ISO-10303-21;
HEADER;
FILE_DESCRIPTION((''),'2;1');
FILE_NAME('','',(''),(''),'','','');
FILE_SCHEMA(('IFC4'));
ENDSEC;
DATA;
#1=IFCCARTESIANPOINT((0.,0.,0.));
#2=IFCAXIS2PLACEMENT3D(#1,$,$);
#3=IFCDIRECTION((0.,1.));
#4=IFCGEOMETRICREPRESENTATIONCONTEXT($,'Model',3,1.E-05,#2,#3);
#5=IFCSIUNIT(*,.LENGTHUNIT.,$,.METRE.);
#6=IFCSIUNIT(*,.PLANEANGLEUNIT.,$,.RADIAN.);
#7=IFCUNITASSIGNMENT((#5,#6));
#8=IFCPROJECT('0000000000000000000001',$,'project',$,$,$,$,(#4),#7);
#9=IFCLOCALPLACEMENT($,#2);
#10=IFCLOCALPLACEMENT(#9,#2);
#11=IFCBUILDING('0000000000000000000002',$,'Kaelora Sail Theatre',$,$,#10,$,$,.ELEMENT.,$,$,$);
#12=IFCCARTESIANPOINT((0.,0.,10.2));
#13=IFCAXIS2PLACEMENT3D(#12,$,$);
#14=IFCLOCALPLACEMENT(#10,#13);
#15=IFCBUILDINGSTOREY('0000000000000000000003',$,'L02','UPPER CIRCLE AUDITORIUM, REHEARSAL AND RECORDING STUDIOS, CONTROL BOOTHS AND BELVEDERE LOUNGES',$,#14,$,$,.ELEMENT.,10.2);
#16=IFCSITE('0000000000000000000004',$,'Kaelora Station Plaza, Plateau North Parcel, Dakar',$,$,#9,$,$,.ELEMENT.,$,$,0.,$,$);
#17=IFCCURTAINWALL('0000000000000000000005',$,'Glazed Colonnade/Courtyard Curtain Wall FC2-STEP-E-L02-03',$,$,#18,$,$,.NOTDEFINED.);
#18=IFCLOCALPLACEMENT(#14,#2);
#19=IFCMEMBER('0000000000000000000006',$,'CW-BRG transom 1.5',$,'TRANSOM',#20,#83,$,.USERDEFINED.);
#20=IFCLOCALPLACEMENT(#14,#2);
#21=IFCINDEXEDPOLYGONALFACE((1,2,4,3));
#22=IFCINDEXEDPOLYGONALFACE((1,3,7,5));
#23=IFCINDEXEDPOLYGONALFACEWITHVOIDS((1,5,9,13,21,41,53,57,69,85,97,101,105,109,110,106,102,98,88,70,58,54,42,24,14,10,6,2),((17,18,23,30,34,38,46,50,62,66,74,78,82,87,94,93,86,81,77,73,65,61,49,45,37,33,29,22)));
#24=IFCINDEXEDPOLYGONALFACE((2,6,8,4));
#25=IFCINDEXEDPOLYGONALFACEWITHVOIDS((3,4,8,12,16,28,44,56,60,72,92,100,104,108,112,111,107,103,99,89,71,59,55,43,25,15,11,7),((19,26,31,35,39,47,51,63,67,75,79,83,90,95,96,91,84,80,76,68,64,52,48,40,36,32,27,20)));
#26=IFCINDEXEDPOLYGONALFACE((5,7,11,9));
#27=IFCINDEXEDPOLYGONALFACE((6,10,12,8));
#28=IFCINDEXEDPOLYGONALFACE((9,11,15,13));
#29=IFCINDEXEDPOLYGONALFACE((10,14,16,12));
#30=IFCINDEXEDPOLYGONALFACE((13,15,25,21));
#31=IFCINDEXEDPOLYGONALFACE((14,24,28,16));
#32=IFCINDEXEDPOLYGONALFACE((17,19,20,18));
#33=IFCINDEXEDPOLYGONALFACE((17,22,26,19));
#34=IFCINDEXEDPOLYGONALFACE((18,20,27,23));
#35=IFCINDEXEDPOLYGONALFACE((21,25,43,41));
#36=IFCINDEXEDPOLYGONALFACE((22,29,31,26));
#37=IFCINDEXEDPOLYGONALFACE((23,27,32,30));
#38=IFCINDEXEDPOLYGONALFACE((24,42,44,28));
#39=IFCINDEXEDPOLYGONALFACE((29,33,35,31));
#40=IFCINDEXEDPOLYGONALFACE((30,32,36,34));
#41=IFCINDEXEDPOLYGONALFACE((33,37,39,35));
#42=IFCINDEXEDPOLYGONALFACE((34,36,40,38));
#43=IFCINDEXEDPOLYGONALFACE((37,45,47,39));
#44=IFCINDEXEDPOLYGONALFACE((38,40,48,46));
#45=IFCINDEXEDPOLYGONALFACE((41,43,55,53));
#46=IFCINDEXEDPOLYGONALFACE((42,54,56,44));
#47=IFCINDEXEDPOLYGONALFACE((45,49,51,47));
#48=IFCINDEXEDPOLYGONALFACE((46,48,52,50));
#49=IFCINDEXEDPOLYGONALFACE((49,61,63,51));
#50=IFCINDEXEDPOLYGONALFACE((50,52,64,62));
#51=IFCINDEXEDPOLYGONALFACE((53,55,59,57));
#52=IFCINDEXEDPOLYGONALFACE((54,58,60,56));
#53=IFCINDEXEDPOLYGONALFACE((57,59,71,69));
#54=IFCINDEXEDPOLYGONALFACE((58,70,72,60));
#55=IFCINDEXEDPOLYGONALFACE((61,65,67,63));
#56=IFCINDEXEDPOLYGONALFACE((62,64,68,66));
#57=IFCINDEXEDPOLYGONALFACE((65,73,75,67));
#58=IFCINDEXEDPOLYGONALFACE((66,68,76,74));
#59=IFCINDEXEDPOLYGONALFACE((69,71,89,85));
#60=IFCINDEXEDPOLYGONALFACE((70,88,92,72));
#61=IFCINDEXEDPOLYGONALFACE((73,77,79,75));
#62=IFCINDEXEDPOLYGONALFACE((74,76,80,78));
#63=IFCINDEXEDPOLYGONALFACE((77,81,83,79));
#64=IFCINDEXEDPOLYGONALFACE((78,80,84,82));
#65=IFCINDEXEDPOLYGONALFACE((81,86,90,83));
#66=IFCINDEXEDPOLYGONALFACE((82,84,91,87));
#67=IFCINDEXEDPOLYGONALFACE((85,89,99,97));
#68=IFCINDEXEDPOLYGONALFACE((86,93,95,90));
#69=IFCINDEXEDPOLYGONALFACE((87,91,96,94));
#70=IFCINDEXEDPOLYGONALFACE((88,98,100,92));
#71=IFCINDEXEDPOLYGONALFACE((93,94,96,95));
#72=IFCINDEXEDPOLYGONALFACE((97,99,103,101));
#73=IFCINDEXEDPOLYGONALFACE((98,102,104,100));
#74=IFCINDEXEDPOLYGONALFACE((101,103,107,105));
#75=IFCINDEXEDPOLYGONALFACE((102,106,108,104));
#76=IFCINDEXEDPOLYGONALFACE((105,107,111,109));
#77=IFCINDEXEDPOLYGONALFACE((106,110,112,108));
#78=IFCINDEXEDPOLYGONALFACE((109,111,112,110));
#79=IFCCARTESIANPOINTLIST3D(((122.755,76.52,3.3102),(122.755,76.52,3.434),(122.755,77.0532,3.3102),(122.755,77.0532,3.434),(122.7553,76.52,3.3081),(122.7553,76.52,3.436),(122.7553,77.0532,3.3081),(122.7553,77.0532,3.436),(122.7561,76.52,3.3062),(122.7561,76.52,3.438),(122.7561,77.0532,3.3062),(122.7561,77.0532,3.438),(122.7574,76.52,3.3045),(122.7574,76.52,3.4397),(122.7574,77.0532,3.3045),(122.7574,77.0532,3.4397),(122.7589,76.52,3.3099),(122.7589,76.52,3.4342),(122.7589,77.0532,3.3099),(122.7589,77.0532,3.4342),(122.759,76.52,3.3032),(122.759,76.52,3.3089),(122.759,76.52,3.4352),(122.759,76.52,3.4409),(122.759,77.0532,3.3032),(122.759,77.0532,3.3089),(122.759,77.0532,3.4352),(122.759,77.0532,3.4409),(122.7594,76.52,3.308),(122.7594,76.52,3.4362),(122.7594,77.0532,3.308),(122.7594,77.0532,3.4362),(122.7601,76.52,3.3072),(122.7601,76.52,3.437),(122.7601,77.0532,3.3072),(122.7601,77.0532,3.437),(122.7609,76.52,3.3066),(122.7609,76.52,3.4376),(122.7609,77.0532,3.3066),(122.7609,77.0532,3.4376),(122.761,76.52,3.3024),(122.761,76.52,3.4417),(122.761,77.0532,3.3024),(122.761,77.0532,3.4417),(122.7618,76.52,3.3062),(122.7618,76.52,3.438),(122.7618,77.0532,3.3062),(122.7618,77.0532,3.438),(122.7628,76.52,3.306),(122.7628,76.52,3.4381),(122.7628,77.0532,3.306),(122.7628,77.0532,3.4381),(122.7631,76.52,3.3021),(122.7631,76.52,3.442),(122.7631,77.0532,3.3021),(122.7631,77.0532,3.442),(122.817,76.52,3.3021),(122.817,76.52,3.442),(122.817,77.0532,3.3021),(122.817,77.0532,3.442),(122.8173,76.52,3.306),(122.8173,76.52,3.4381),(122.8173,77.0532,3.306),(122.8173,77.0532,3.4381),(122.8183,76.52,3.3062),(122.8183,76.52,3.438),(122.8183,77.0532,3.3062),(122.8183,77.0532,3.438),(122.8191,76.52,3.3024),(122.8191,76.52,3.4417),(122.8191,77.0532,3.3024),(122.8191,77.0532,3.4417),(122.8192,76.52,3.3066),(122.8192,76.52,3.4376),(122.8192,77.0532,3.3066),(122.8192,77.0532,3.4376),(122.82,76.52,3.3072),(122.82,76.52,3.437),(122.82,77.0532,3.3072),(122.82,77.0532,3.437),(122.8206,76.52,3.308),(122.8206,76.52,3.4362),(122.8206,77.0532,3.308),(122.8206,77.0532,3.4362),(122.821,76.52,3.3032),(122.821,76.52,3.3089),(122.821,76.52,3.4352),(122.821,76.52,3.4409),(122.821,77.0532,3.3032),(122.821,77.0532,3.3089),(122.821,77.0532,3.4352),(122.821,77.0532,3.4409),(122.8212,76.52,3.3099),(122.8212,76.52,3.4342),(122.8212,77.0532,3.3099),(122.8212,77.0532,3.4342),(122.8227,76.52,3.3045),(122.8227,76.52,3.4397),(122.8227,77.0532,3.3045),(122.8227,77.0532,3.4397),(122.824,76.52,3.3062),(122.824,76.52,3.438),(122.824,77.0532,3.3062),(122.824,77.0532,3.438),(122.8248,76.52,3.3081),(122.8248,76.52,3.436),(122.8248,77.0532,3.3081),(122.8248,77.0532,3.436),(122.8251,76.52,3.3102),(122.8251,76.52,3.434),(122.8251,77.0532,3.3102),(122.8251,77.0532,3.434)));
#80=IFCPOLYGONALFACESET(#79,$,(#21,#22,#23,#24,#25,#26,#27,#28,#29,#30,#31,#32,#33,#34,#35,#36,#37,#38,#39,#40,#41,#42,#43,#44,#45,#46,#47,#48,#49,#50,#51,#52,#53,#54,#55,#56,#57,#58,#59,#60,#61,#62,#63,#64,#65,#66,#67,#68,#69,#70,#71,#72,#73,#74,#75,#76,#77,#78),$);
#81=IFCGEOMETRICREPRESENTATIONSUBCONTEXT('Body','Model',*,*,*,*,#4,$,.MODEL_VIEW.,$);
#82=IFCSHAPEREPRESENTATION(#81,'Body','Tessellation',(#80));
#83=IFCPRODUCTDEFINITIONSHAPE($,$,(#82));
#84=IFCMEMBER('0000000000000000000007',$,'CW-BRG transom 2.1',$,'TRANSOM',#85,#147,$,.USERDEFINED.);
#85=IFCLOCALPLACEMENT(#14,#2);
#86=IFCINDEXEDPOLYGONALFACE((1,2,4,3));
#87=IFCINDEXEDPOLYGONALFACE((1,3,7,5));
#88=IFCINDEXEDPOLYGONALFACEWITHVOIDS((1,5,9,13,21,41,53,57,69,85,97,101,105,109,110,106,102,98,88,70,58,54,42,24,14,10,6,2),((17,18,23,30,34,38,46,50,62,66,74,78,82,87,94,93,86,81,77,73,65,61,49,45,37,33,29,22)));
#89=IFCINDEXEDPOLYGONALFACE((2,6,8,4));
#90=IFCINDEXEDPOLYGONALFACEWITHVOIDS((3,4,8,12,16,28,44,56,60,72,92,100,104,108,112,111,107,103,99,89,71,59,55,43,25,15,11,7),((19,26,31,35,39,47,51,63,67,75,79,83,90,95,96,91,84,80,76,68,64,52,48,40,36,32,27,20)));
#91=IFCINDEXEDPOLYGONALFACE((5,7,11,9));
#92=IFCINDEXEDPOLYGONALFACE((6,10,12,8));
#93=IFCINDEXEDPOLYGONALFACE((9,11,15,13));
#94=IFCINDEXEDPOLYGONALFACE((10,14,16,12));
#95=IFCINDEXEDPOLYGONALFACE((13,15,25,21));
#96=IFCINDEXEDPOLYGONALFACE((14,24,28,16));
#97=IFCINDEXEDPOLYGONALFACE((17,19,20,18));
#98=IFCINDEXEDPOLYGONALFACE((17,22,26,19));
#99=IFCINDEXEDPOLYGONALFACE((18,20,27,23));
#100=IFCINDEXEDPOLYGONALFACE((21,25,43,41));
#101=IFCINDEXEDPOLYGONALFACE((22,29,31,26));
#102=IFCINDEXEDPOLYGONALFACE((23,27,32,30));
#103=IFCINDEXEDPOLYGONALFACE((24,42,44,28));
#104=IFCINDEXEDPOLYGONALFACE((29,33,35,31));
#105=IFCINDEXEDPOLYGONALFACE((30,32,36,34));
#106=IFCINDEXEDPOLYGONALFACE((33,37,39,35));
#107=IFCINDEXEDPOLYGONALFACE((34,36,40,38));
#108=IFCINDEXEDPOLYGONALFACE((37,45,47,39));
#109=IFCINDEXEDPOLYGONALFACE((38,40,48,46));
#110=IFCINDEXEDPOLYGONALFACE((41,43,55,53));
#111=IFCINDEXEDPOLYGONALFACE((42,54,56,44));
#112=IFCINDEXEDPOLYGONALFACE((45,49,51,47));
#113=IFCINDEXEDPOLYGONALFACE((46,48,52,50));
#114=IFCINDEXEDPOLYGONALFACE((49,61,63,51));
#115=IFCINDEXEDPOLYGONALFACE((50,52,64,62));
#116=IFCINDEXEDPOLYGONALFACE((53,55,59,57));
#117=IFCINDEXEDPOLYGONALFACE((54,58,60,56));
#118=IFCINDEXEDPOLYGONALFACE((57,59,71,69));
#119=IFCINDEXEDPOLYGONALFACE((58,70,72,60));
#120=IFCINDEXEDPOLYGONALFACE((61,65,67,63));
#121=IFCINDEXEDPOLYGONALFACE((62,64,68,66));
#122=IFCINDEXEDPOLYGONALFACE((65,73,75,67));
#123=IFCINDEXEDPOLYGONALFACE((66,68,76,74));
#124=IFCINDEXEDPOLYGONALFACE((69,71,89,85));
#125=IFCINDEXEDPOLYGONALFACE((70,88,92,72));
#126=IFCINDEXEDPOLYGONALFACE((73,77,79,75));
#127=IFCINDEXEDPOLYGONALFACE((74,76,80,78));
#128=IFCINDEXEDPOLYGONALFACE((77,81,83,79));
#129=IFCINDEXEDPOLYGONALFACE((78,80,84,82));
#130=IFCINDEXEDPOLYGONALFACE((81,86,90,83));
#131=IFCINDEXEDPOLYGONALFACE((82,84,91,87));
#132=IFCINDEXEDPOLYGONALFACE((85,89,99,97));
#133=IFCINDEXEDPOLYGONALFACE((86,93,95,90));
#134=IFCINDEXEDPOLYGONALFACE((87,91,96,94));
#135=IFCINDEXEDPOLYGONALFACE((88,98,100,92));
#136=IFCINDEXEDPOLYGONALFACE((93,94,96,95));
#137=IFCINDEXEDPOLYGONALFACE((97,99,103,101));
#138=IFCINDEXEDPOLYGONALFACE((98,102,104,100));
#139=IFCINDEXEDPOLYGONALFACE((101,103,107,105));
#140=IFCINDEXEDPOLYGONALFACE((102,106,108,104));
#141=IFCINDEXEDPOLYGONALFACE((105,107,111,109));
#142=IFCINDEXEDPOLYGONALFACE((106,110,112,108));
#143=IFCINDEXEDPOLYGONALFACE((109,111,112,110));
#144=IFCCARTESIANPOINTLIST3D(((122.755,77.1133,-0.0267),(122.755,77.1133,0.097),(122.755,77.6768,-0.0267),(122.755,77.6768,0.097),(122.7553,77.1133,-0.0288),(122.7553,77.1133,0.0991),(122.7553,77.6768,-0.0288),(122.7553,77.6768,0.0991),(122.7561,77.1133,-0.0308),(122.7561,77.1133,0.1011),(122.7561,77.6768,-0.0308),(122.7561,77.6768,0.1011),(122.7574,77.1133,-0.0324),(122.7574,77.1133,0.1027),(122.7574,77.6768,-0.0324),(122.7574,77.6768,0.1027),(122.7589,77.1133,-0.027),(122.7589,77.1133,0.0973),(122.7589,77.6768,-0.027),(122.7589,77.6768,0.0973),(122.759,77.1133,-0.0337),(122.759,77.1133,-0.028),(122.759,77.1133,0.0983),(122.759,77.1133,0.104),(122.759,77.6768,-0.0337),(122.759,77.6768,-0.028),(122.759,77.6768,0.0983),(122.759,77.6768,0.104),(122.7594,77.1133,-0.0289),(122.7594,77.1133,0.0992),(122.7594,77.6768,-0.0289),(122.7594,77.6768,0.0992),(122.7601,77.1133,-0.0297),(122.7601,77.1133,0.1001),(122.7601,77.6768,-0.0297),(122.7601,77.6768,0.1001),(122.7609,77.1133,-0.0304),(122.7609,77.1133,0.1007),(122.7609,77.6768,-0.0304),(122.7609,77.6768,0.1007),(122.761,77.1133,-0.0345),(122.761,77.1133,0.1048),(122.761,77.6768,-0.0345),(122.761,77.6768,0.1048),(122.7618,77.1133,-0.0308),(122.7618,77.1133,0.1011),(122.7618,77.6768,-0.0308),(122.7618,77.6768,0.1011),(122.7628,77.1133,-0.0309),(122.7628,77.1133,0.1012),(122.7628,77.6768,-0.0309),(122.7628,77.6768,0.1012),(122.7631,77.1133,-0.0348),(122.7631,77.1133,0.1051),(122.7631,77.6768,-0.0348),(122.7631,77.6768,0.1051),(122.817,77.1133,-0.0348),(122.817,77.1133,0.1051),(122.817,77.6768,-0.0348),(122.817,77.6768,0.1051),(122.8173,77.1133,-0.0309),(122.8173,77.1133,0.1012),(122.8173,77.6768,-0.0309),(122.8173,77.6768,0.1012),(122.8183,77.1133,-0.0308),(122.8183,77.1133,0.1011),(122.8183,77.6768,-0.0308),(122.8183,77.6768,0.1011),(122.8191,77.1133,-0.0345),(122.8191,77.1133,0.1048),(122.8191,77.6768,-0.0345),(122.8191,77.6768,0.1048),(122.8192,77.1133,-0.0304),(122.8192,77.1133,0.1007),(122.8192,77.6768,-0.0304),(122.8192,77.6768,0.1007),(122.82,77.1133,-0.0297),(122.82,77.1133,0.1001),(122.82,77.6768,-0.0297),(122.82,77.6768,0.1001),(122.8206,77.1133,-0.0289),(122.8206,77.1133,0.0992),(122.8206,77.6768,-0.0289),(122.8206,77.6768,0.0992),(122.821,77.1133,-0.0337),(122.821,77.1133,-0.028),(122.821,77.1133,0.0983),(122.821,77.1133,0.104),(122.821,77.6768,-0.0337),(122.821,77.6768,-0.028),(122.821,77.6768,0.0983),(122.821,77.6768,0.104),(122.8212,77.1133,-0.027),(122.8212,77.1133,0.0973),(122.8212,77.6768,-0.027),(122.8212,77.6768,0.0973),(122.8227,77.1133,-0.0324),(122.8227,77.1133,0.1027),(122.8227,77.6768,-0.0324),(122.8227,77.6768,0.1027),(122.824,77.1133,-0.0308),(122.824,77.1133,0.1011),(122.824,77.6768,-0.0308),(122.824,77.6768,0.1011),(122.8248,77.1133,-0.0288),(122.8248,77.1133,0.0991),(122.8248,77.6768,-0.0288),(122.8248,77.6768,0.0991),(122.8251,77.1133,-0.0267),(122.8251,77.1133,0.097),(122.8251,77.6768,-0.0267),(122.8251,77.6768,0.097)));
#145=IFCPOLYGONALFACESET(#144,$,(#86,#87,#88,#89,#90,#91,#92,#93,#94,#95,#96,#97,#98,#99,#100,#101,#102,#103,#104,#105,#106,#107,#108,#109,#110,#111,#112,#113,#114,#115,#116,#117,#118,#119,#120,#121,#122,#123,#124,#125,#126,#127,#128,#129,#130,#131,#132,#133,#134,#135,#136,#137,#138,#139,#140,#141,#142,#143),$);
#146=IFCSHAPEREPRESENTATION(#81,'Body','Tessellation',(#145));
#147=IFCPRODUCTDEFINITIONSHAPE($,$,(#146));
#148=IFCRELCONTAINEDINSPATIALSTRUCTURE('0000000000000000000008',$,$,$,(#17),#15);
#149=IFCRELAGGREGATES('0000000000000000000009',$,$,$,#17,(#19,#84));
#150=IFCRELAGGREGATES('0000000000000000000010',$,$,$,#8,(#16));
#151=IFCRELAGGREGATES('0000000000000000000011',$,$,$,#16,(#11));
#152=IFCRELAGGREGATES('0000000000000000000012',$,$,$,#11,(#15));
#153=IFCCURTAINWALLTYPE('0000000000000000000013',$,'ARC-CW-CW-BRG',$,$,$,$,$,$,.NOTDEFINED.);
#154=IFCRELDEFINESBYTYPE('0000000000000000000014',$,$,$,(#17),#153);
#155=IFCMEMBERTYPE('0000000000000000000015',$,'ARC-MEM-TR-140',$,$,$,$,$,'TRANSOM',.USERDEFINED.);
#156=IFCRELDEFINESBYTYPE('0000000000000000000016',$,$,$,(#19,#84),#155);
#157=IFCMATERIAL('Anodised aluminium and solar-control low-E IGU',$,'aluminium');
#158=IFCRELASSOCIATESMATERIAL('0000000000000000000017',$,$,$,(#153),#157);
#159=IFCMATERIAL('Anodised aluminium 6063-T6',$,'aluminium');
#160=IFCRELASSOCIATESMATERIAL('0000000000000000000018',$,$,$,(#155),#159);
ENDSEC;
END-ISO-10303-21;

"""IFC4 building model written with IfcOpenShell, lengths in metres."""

from ifc_helpers import new_model, si_unit, direction, frame, origin, origin_2d, place, context, subcontext, project, spatial, hollow_rectangle, extrude, material, material_profile, profile_set, type_object, element, aggregate, save


model = new_model("IFC4")

# Units and contexts
model_context = context("Model", 3, precision=1e-05, world=origin(), true_north=direction((0.0, 1.0)))
body_context = subcontext(model_context, "Body", "Model", "MODEL_VIEW")
ifc_project = project(units=[si_unit("LENGTHUNIT", "METRE"), si_unit("PLANEANGLEUNIT", "RADIAN")], contexts=[model_context])

# Site, building, storey
site_placement = place(None, origin())
site = spatial("IfcSite", under=ifc_project, at=site_placement, Name="Kaelora Station Plaza, Plateau North Parcel, Dakar", CompositionType="ELEMENT", RefElevation=0.0)
building_placement = place(site_placement, origin())
building = spatial("IfcBuilding", under=site, at=building_placement, Name="Kaelora Sail Theatre", CompositionType="ELEMENT")
storey_placement = place(building_placement, frame((0.0, 0.0, 10.2)))
storey = spatial("IfcBuildingStorey", under=building, at=storey_placement, Name="L02", Description="UPPER CIRCLE AUDITORIUM, REHEARSAL AND RECORDING STUDIOS, CONTROL BOOTHS AND BELVEDERE LOUNGES", CompositionType="ELEMENT", Elevation=10.2)

# Curtain wall, members
ifc_material_1 = material(Name="Anodised aluminium and solar-control low-E IGU", Category="aluminium")
curtain_wall_type = type_object("IfcCurtainWallType", Name="ARC-CW-CW-BRG", PredefinedType="NOTDEFINED", material=ifc_material_1)
curtain_wall_placement = place(storey_placement, origin())
curtain_wall = element("IfcCurtainWall", 1, at=curtain_wall_placement, inside=storey, type_object=curtain_wall_type, Name="Glazed Colonnade/Courtyard Curtain Wall FC2-STEP-E-L02-03", PredefinedType="NOTDEFINED")
ifc_material_2 = material(Name="Anodised aluminium 6063-T6", Category="aluminium")
ifc_material_profile_1 = material_profile(ifc_material_2, hollow_rectangle(XDim=0.0701, YDim=0.1399, WallThickness=0.0039, InnerFilletRadius=0.0039, OuterFilletRadius=0.0081, at=origin_2d()), Name="ALU-TRAN 70x140x4")
ifc_profile_set_1 = profile_set([ifc_material_profile_1], Name="Anodised aluminium 6063-T6")
member_type_1 = type_object("IfcMemberType", Name="ARC-MEM-TR-140", ElementType="TRANSOM", PredefinedType="USERDEFINED", material=ifc_profile_set_1)
member_1_placement = place(storey_placement, frame((122.79, 76.52, 3.3721), z_axis=(0.0, 1.0, 0.0), x_axis=(-1.0, 0.0, 0.0)))
member_1 = element("IfcMember", 2, at=member_1_placement, type_object=member_type_1, Name="CW-BRG transom 1.5", ObjectType="TRANSOM", PredefinedType="USERDEFINED", context=body_context, shape_type="SweptSolid", body=[
    extrude(hollow_rectangle(XDim=0.0701, YDim=0.1399, WallThickness=0.0039, InnerFilletRadius=0.0039, OuterFilletRadius=0.0081, at=origin_2d()), origin(), (0.0, 0.0, 1.0), 0.5332),
])
member_2_placement = place(storey_placement, frame((122.79, 77.1133, 0.0352), z_axis=(0.0, 1.0, 0.0), x_axis=(-1.0, 0.0, 0.0)))
member_2 = element("IfcMember", 3, at=member_2_placement, type_object=member_type_1, Name="CW-BRG transom 2.1", ObjectType="TRANSOM", PredefinedType="USERDEFINED", context=body_context, shape_type="SweptSolid", body=[
    extrude(hollow_rectangle(XDim=0.0701, YDim=0.1399, WallThickness=0.0039, InnerFilletRadius=0.0039, OuterFilletRadius=0.0081, at=origin_2d()), origin(), (0.0, 0.0, 1.0), 0.5635),
])
aggregate(curtain_wall, [member_1, member_2])

save(model, "model.ifc")
